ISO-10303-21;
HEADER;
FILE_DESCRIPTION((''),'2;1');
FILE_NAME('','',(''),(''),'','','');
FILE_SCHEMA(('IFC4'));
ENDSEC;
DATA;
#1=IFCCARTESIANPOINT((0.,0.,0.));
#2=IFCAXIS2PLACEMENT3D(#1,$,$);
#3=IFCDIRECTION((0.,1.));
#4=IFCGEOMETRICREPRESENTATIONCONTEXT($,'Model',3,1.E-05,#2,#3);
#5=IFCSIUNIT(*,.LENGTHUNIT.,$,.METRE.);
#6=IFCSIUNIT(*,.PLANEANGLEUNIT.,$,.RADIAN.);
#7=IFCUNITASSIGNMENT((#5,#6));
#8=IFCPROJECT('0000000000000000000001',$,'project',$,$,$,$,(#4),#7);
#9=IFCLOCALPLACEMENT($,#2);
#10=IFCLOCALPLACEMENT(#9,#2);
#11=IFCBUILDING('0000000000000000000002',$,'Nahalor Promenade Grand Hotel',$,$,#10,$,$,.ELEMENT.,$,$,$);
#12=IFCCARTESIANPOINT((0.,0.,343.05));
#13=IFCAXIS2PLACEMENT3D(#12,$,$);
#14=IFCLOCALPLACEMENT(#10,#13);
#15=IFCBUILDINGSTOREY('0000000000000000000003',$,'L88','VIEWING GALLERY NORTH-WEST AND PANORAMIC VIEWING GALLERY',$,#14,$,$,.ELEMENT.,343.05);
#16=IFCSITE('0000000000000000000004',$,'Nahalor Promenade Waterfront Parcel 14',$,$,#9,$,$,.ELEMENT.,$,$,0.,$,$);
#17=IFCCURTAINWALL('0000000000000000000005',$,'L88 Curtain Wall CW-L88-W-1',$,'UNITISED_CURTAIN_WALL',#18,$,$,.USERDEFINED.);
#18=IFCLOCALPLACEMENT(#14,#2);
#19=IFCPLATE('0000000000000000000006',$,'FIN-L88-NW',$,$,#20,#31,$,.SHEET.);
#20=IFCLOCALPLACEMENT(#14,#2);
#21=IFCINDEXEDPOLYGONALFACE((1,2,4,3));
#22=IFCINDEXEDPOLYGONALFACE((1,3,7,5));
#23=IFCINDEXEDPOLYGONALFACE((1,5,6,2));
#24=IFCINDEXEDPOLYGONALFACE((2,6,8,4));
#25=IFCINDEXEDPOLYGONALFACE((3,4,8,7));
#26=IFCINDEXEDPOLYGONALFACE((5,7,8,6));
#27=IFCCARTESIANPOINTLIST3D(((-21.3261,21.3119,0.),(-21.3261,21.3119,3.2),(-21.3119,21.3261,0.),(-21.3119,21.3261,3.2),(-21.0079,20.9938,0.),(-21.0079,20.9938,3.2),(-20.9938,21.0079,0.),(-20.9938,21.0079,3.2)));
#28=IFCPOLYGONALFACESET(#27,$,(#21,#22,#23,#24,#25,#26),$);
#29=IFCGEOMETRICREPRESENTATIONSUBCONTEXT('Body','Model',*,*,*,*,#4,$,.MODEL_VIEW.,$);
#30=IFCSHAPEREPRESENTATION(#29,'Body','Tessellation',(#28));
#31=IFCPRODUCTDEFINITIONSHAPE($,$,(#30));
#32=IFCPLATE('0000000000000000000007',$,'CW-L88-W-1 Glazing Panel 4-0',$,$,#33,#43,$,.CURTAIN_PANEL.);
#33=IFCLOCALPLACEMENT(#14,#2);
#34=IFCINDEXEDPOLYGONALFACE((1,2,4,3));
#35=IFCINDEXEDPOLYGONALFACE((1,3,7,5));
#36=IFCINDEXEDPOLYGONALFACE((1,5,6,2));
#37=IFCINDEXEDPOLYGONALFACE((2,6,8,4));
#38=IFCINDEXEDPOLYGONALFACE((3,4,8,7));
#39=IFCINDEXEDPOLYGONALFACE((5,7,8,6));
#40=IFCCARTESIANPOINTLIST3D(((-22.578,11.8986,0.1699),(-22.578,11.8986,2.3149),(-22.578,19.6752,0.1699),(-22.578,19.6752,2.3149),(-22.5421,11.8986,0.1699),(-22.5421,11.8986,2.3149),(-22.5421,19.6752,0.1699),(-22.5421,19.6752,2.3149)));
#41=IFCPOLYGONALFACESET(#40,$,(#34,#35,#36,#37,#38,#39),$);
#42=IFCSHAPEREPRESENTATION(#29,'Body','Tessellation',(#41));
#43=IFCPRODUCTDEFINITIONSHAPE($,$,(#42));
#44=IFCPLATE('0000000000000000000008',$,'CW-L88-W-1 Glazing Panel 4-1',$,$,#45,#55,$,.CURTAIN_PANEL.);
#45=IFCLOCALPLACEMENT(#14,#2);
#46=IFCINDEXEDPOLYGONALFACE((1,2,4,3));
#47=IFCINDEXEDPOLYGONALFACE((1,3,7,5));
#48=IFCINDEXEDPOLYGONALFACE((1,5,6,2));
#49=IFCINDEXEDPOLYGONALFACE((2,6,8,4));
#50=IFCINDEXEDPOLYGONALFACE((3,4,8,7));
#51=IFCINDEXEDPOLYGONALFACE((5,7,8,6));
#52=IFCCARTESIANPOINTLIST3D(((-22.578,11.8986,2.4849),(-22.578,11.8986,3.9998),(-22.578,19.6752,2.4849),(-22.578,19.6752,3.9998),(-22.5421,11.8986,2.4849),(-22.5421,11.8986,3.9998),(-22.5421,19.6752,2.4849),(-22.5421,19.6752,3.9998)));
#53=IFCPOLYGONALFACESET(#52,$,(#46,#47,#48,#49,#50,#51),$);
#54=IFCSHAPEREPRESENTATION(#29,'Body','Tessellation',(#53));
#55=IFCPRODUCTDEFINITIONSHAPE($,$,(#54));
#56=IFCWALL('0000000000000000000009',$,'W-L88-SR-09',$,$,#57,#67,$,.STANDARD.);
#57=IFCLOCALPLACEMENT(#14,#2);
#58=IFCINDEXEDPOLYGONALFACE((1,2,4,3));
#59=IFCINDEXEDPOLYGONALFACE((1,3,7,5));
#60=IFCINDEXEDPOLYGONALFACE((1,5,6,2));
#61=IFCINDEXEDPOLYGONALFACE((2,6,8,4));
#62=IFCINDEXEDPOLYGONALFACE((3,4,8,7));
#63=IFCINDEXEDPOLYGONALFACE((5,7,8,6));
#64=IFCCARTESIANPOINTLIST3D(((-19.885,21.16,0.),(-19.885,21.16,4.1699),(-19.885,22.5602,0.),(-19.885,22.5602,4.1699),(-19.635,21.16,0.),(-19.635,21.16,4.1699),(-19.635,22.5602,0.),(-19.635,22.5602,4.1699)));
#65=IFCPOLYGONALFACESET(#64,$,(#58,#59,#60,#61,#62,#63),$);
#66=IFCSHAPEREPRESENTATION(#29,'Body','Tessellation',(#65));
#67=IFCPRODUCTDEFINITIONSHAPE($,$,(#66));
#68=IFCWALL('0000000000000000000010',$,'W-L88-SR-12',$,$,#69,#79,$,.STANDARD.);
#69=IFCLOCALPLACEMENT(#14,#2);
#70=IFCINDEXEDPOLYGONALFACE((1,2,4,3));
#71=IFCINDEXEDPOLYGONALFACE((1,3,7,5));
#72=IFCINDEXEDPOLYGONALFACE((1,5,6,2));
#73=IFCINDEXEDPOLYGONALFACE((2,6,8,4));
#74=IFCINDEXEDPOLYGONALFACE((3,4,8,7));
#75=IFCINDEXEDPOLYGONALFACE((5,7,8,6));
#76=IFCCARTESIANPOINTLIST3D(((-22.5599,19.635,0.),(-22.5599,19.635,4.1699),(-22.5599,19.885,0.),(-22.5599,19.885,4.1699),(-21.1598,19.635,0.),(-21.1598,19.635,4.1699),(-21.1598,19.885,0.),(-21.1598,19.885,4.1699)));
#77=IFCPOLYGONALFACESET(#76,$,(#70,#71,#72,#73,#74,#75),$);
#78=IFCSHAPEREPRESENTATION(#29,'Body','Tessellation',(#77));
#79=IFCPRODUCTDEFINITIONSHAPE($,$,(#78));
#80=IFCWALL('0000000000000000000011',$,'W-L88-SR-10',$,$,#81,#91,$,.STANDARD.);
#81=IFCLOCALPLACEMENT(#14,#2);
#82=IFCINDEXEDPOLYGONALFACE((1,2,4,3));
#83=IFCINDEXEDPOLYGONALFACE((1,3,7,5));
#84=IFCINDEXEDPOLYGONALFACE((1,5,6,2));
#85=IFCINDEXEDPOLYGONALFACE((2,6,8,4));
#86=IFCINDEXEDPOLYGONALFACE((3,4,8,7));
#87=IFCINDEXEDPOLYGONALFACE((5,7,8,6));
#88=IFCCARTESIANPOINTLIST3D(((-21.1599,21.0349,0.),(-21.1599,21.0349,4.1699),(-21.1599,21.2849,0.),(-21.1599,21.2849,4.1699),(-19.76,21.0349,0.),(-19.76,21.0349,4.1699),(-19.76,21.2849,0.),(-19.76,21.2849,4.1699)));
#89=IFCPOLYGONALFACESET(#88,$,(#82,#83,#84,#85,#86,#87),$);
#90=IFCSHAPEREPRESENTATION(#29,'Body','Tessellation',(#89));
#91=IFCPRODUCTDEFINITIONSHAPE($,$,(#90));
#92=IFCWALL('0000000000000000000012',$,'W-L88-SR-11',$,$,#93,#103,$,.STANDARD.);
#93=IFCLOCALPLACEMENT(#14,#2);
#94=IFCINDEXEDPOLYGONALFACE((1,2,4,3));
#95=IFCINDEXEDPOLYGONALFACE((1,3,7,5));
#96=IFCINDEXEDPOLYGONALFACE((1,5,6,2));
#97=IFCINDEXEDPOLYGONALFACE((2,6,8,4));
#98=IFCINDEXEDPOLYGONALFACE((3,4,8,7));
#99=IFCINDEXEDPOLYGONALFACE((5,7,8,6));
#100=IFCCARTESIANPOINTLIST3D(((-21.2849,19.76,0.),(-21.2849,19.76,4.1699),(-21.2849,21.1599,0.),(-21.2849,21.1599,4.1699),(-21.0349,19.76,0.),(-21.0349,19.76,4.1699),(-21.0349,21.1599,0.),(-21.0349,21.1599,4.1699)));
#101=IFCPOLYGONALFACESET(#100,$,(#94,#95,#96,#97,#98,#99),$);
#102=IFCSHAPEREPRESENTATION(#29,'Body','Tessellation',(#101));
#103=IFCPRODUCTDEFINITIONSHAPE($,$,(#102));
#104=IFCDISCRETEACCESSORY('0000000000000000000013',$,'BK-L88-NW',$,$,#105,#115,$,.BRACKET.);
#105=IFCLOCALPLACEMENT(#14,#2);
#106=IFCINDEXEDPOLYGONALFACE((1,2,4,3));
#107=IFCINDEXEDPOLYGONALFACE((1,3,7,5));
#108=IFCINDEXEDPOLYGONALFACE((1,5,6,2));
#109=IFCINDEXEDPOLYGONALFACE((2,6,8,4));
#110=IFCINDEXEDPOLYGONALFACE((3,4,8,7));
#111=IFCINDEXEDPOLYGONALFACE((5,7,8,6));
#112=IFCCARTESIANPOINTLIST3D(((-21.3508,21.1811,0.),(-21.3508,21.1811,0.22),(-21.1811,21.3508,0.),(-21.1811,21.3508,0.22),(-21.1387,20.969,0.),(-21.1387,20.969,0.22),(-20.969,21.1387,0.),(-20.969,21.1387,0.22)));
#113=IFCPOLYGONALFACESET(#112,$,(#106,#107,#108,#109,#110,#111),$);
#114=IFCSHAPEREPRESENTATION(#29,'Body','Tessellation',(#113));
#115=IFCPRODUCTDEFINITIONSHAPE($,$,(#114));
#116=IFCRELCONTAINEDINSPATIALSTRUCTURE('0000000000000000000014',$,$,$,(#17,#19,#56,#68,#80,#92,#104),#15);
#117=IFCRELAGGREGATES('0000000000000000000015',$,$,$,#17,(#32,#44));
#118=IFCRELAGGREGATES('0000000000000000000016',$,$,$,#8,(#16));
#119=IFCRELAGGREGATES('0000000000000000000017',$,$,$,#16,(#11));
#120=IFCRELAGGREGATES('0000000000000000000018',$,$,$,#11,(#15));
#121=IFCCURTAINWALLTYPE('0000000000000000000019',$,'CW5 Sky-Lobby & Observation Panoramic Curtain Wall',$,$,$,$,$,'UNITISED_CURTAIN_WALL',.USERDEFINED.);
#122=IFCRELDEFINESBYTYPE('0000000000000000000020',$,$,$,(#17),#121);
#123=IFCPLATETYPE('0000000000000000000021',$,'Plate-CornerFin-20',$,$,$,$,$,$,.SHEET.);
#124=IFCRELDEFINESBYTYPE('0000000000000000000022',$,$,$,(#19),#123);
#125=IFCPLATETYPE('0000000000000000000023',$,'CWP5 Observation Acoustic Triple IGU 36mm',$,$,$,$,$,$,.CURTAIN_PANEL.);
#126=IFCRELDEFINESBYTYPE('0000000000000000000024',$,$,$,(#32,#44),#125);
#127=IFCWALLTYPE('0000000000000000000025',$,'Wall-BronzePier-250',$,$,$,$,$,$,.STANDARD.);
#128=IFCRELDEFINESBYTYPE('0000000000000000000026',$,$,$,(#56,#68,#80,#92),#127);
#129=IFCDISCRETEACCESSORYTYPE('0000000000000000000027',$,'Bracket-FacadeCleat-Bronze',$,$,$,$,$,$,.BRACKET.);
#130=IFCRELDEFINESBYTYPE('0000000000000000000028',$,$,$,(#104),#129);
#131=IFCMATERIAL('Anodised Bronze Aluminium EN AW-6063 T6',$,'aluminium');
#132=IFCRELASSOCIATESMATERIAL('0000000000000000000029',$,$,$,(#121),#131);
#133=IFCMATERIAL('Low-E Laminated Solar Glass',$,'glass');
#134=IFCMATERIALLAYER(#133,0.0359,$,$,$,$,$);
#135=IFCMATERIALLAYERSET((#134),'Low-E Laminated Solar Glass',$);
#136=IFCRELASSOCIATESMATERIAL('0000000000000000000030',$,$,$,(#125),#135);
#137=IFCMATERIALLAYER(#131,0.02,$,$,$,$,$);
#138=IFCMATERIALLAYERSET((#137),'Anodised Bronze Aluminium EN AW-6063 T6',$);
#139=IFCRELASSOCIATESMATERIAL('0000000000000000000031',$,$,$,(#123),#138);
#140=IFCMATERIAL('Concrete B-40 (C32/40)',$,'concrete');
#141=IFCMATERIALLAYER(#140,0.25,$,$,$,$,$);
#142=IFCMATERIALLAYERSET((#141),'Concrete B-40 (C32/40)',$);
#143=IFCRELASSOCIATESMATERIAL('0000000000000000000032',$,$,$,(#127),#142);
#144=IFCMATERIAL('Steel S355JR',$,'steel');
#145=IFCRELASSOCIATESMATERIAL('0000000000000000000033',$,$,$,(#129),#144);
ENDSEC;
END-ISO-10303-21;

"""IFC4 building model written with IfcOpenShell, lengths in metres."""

from ifc_helpers import new_model, si_unit, direction, frame, frame_2d, origin, origin_2d, place, context, subcontext, project, spatial, rectangle, extrude, source, transform, mapped, material, layer, layer_set, type_object, element, aggregate, save


model = new_model("IFC4")

# Units and contexts
model_context = context("Model", 3, precision=1e-05, world=origin(), true_north=direction((0.0, 1.0)))
body_context = subcontext(model_context, "Body", "Model", "MODEL_VIEW")
ifc_project = project(units=[si_unit("LENGTHUNIT", "METRE"), si_unit("PLANEANGLEUNIT", "RADIAN")], contexts=[model_context])

# Site, building, storey
site_placement = place(None, origin())
site = spatial("IfcSite", under=ifc_project, at=site_placement, Name="Nahalor Promenade Waterfront Parcel 14", CompositionType="ELEMENT", RefElevation=0.0)
building_placement = place(site_placement, origin())
building = spatial("IfcBuilding", under=site, at=building_placement, Name="Nahalor Promenade Grand Hotel", CompositionType="ELEMENT")
storey_placement = place(building_placement, frame((0.0, 0.0, 343.05)))
storey = spatial("IfcBuildingStorey", under=building, at=storey_placement, Name="L88", Description="VIEWING GALLERY NORTH-WEST AND PANORAMIC VIEWING GALLERY", CompositionType="ELEMENT", Elevation=343.05)

# Shared definitions
ifc_material_1 = material(Name="Steel S355JR", Category="steel")

# Shared definitions
ifc_material_2 = material(Name="Anodised Bronze Aluminium EN AW-6063 T6", Category="aluminium")
curtain_wall_type = type_object("IfcCurtainWallType", Name="CW5 Sky-Lobby & Observation Panoramic Curtain Wall", ElementType="UNITISED_CURTAIN_WALL", PredefinedType="USERDEFINED", material=ifc_material_2)

# Curtain wall
curtain_wall_1_placement = place(storey_placement, origin())
curtain_wall_1 = element("IfcCurtainWall", 1, at=curtain_wall_1_placement, inside=storey, type_object=curtain_wall_type, Name="L88 Curtain Wall CW-L88-W-1", ObjectType="UNITISED_CURTAIN_WALL", PredefinedType="USERDEFINED")

# Plates
ifc_material_3 = material(Name="Low-E Laminated Solar Glass", Category="glass")
ifc_layer_1 = layer(ifc_material_3, 0.0359)
ifc_layer_set_1 = layer_set([ifc_layer_1], Name="Low-E Laminated Solar Glass")
plate_type_1 = type_object("IfcPlateType", Name="CWP5 Observation Acoustic Triple IGU 36mm", PredefinedType="CURTAIN_PANEL", material=ifc_layer_set_1)
ifc_layer_2 = layer(ifc_material_2, 0.02)
ifc_layer_set_2 = layer_set([ifc_layer_2], Name="Anodised Bronze Aluminium EN AW-6063 T6")
plate_type_2 = type_object("IfcPlateType", Name="Plate-CornerFin-20", PredefinedType="SHEET", material=ifc_layer_set_2)
shared_shape_1 = source(origin(), body_context, "Body", "SweptSolid", [
    extrude(rectangle(XDim=0.45, YDim=0.02, at=origin_2d()), origin(), (0.0, 0.0, 1.0), 3.2),
])
plate_1_placement = place(storey_placement, frame((-21.1599, 21.1599, 0.0), z_axis=(0.0, 0.0, 1.0), x_axis=(-0.707107, 0.707107, 0.0)))
element("IfcPlate", 2, at=plate_1_placement, inside=storey, type_object=plate_type_2, Name="FIN-L88-NW", PredefinedType="SHEET", context=body_context, shape_type="MappedRepresentation", body=[
    mapped(shared_shape_1, transform((0.0, 0.0, 0.0), scale=1.0)),
])
shared_shape_2 = source(origin(), body_context, "Body", "SweptSolid", [
    extrude(rectangle(XDim=7.7766, YDim=0.0359, at=origin_2d()), origin(), (0.0, 0.0, 1.0), 2.145),
])
plate_2_placement = place(storey_placement, frame((-22.5601, 15.7869, 0.1699), z_axis=(0.0, 0.0, 1.0), x_axis=(0.0, 1.0, 0.0)))
plate_2 = element("IfcPlate", 3, at=plate_2_placement, type_object=plate_type_1, Name="CW-L88-W-1 Glazing Panel 4-0", PredefinedType="CURTAIN_PANEL", context=body_context, shape_type="MappedRepresentation", body=[
    mapped(shared_shape_2, transform((0.0, 0.0, 0.0), scale=1.0)),
])
shared_shape_3 = source(origin(), body_context, "Body", "SweptSolid", [
    extrude(rectangle(XDim=7.7766, YDim=0.0359, at=origin_2d()), origin(), (0.0, 0.0, 1.0), 1.5149),
])
plate_3_placement = place(storey_placement, frame((-22.5601, 15.7869, 2.4849), z_axis=(0.0, 0.0, 1.0), x_axis=(0.0, 1.0, 0.0)))
plate_3 = element("IfcPlate", 4, at=plate_3_placement, type_object=plate_type_1, Name="CW-L88-W-1 Glazing Panel 4-1", PredefinedType="CURTAIN_PANEL", context=body_context, shape_type="MappedRepresentation", body=[
    mapped(shared_shape_3, transform((0.0, 0.0, 0.0), scale=1.0)),
])
aggregate(curtain_wall_1, [plate_2, plate_3])

# Walls
ifc_material_4 = material(Name="Concrete B-40 (C32/40)", Category="concrete")
ifc_layer_3 = layer(ifc_material_4, 0.25)
ifc_layer_set_3 = layer_set([ifc_layer_3], Name="Concrete B-40 (C32/40)")
wall_type = type_object("IfcWallType", Name="Wall-BronzePier-250", PredefinedType="STANDARD", material=ifc_layer_set_3)
shared_shape_4 = source(origin(), body_context, "Body", "SweptSolid", [
    extrude(rectangle(XDim=1.4001, YDim=0.25, at=frame_2d((0.7002, 0.0))), origin(), (0.0, 0.0, 1.0), 4.1699),
])
for number, where, z_axis, x_axis, name in (
    (5, (-19.76, 21.1599, 0.0), (0.0, 0.0, 1.0), (0.0, 1.0, 0.0), "W-L88-SR-09"),
    (6, (-22.5601, 19.76, 0.0), (0.0, 0.0, 1.0), (1.0, 0.0, 0.0), "W-L88-SR-12"),
):
    element("IfcWall", number, at=place(storey_placement, frame(where, z_axis=z_axis, x_axis=x_axis)), inside=storey, type_object=wall_type, Name=name, PredefinedType="STANDARD", context=body_context, shape_type="MappedRepresentation", body=[
        mapped(shared_shape_4, transform((0.0, 0.0, 0.0), scale=1.0)),
    ])
shared_shape_5 = source(origin(), body_context, "Body", "SweptSolid", [
    extrude(rectangle(XDim=1.3999, YDim=0.25, at=frame_2d((0.7, 0.0))), origin(), (0.0, 0.0, 1.0), 4.1699),
])
for number, where, z_axis, x_axis, name in (
    (7, (-21.1599, 21.1599, 0.0), (0.0, 0.0, 1.0), (1.0, 0.0, 0.0), "W-L88-SR-10"),
    (8, (-21.1599, 19.76, 0.0), (0.0, 0.0, 1.0), (0.0, 1.0, 0.0), "W-L88-SR-11"),
):
    element("IfcWall", number, at=place(storey_placement, frame(where, z_axis=z_axis, x_axis=x_axis)), inside=storey, type_object=wall_type, Name=name, PredefinedType="STANDARD", context=body_context, shape_type="MappedRepresentation", body=[
        mapped(shared_shape_5, transform((0.0, 0.0, 0.0), scale=1.0)),
    ])

# Discrete accessory
discrete_accessory_type = type_object("IfcDiscreteAccessoryType", Name="Bracket-FacadeCleat-Bronze", PredefinedType="BRACKET", material=ifc_material_1)
shared_shape_6 = source(origin(), body_context, "Body", "SweptSolid", [
    extrude(rectangle(XDim=0.3, YDim=0.24, at=origin_2d()), origin(), (0.0, 0.0, 1.0), 0.22),
])
discrete_accessory_placement = place(storey_placement, frame((-21.1599, 21.1599, 0.0), z_axis=(0.0, 0.0, 1.0), x_axis=(-0.707107, 0.707107, 0.0)))
element("IfcDiscreteAccessory", 9, at=discrete_accessory_placement, inside=storey, type_object=discrete_accessory_type, Name="BK-L88-NW", PredefinedType="BRACKET", context=body_context, shape_type="MappedRepresentation", body=[
    mapped(shared_shape_6, transform((0.0, 0.0, 0.0), scale=1.0)),
])

save(model, "model.ifc")
